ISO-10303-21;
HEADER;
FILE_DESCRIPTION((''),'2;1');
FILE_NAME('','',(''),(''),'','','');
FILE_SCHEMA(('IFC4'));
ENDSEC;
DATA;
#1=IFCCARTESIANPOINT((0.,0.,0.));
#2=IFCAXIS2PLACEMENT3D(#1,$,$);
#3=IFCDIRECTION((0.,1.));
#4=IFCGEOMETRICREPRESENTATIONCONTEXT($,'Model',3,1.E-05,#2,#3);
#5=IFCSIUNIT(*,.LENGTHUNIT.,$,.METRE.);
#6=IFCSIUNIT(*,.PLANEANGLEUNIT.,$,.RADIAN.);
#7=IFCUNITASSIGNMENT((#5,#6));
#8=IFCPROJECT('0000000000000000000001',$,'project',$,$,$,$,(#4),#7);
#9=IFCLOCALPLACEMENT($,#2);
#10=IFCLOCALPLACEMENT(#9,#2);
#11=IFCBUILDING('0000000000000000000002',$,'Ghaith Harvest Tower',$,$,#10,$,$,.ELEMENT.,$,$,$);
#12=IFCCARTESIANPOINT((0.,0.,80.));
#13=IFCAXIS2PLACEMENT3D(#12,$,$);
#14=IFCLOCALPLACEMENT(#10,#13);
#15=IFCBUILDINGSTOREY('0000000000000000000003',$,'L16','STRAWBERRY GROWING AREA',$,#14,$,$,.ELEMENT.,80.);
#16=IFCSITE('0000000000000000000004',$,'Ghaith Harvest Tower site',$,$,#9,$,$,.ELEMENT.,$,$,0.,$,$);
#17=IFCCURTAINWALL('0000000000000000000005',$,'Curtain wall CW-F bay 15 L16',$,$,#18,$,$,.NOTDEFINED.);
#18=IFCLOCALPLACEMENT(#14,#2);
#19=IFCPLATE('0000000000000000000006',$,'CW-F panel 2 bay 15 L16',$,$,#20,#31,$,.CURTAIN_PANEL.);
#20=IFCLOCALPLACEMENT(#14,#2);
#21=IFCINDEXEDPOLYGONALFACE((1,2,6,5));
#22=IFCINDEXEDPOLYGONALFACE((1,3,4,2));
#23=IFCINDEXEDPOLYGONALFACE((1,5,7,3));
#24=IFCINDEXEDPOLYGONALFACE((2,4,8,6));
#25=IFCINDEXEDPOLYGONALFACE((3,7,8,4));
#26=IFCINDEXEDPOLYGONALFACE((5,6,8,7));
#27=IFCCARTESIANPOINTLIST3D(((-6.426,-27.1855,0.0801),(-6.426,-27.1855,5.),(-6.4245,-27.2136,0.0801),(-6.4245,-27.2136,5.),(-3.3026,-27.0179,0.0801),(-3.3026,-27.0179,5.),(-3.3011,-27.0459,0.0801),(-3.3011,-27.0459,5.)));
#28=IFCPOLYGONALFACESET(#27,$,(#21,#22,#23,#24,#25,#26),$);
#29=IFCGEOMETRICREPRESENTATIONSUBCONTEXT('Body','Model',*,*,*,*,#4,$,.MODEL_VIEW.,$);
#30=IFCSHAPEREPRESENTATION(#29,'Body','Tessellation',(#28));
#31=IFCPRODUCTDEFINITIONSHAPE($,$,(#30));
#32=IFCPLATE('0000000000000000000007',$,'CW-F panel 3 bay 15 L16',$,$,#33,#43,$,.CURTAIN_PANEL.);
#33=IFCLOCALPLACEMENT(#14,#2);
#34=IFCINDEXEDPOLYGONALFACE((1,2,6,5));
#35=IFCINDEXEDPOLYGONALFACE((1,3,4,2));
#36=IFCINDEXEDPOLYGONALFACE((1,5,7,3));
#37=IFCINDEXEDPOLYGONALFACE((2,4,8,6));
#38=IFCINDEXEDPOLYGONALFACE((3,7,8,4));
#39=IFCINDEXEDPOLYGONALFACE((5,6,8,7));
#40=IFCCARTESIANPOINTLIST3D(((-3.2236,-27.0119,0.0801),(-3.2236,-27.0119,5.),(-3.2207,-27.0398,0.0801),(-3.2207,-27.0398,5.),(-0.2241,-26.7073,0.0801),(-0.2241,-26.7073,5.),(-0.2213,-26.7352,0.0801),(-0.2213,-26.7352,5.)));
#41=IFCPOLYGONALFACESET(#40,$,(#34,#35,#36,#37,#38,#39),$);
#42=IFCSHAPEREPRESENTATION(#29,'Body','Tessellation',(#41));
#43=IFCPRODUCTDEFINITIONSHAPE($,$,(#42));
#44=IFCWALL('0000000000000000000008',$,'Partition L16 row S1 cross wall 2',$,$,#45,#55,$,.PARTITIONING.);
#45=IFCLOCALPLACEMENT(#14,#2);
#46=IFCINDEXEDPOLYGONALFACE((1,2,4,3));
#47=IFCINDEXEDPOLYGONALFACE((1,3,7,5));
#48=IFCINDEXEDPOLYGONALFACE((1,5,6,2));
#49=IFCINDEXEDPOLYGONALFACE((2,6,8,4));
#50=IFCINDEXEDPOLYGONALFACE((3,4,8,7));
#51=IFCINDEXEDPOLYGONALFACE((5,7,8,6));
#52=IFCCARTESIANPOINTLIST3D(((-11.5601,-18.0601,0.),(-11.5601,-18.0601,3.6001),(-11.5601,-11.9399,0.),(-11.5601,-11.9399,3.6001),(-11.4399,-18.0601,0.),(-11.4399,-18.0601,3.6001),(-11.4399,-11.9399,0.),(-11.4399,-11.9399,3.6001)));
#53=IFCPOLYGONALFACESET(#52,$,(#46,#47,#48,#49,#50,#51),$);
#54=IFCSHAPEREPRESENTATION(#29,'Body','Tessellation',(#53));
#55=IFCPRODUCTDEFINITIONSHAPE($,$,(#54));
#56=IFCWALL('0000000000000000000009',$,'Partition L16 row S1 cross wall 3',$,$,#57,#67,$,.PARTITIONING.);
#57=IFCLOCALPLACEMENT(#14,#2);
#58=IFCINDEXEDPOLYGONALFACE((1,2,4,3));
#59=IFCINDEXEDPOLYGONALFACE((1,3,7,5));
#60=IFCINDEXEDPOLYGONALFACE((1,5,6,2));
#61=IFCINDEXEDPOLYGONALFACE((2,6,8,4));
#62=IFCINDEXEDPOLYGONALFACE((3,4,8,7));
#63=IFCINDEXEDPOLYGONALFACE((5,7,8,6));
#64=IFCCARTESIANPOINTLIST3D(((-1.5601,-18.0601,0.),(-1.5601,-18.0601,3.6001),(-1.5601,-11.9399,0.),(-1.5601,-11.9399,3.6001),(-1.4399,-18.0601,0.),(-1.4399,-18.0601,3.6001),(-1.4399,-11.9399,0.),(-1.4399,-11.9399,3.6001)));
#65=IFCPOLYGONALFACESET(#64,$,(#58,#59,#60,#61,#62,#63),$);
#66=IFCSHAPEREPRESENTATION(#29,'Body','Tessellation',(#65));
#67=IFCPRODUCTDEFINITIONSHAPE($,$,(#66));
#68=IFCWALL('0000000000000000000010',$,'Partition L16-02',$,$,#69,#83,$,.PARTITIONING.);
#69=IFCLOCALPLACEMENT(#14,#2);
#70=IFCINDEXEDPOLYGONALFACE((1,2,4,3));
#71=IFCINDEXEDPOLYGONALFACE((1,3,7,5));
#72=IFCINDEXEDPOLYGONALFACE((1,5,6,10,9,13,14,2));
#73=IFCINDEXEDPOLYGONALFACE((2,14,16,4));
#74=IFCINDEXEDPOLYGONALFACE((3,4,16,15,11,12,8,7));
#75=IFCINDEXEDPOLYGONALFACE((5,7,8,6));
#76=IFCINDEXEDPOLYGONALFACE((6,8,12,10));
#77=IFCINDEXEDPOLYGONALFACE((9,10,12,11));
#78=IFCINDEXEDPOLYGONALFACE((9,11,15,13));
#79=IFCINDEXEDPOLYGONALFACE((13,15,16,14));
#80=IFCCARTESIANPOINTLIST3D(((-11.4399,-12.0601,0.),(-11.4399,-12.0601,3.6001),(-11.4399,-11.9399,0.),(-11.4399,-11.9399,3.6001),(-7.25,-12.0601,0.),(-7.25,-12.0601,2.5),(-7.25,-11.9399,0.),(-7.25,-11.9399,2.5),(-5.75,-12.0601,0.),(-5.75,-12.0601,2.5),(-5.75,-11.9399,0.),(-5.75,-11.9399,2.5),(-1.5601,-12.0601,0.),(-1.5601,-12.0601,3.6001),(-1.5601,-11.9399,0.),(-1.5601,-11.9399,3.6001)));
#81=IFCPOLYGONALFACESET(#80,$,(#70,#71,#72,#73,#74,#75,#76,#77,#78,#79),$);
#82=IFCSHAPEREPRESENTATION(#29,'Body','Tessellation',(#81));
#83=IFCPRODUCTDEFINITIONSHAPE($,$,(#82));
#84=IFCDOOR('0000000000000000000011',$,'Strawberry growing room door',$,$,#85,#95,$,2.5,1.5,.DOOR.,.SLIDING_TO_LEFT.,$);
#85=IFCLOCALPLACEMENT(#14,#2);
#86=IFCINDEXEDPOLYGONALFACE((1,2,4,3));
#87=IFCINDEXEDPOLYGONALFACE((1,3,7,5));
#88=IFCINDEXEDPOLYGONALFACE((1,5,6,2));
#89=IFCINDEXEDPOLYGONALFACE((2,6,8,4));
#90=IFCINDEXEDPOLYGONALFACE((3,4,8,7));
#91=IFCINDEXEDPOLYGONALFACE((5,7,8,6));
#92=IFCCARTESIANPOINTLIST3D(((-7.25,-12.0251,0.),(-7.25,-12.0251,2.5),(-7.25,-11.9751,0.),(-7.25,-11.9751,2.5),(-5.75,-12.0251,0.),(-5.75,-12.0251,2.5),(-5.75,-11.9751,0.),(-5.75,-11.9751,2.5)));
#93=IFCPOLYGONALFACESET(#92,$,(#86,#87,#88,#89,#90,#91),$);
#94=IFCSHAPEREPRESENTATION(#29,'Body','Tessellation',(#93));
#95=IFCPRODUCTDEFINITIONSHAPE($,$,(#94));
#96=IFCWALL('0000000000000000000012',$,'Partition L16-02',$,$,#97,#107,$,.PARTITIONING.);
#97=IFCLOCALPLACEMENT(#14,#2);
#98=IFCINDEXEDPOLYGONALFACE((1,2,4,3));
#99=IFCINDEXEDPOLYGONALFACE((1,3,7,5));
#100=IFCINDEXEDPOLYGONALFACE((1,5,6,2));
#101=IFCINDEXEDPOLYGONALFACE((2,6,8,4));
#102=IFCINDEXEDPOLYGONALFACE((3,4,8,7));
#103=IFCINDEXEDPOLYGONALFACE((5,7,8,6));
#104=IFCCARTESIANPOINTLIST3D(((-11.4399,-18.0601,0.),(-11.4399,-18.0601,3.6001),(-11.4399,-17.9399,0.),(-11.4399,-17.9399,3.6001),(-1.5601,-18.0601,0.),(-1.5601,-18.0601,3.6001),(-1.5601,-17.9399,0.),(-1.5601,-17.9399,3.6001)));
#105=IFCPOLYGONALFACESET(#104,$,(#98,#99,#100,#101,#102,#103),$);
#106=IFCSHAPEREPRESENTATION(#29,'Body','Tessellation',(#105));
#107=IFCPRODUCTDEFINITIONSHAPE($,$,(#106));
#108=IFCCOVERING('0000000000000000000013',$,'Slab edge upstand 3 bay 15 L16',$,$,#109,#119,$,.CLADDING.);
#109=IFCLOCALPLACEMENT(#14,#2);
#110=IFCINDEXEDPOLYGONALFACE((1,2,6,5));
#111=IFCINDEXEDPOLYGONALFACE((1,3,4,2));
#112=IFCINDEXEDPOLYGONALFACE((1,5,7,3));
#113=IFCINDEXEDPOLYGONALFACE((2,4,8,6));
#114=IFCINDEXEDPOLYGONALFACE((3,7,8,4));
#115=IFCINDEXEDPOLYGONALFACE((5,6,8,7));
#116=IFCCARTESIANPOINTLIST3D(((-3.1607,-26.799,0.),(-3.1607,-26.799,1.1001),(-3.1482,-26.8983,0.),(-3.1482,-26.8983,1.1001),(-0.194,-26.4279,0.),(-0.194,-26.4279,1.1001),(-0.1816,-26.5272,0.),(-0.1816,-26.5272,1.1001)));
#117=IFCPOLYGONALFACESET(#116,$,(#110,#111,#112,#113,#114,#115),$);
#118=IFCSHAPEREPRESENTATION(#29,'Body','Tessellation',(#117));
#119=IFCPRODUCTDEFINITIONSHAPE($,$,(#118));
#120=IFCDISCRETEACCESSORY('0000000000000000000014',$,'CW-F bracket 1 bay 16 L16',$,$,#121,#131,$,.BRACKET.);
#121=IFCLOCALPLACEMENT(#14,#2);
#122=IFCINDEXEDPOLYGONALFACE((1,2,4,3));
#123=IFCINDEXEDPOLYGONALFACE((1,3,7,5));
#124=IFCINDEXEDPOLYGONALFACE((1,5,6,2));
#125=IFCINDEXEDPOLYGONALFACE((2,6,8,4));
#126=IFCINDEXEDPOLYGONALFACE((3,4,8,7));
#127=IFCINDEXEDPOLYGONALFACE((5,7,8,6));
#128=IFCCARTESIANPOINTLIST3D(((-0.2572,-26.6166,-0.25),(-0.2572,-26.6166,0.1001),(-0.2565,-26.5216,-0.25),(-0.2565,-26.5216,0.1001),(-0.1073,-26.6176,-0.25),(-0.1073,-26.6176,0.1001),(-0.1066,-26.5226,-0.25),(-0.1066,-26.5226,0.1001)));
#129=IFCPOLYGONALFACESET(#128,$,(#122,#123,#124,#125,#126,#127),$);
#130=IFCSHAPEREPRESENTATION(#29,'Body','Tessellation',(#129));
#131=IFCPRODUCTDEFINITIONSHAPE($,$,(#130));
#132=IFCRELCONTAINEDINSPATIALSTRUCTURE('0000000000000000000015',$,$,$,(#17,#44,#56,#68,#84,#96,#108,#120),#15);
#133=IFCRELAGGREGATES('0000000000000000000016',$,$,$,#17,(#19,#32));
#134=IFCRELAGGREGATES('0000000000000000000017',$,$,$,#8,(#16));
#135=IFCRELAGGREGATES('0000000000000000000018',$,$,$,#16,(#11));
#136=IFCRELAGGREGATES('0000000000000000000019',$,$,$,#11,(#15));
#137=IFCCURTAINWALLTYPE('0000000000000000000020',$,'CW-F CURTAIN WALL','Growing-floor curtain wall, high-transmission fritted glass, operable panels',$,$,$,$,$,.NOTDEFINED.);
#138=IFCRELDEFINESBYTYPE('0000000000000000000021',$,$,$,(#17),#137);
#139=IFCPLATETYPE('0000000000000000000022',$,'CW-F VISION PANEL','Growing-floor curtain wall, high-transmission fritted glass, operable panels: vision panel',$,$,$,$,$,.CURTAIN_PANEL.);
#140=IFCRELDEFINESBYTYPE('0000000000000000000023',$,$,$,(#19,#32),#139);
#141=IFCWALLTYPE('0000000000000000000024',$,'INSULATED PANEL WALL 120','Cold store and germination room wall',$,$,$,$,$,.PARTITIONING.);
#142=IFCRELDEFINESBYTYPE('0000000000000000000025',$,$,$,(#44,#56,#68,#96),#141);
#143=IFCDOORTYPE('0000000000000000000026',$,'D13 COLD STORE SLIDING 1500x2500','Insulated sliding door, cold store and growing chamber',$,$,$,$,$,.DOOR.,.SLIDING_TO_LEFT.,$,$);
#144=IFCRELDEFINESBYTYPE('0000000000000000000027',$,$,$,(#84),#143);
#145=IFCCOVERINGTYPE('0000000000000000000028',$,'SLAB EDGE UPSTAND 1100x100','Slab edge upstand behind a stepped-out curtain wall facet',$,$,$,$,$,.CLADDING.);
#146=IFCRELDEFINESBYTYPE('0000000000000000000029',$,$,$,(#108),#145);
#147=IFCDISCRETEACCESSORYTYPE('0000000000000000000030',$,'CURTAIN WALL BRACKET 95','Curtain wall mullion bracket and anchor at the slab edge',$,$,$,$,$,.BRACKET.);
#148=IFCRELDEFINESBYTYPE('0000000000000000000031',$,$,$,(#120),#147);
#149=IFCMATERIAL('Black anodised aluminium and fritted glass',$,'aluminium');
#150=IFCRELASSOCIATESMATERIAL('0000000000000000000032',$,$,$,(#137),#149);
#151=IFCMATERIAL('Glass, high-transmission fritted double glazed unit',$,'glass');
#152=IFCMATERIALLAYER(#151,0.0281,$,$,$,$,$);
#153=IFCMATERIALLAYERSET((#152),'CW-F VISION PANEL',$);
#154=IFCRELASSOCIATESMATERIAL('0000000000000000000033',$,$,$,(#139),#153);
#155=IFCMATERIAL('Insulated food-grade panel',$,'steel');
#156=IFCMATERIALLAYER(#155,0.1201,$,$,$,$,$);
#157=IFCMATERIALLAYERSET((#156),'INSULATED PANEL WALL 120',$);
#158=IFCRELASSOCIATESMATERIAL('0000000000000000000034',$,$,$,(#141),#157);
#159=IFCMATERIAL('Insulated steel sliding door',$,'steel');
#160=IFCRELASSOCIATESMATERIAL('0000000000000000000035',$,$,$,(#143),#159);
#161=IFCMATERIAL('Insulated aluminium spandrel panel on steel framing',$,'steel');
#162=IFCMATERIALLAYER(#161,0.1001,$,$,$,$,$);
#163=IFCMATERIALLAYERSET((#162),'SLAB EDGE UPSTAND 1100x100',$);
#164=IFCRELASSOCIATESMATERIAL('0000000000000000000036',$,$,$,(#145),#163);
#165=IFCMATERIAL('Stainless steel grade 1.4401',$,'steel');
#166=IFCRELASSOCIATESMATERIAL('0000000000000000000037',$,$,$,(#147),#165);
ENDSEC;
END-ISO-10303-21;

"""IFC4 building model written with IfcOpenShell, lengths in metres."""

from ifc_helpers import new_model, si_unit, direction, frame, frame_2d, origin, origin_2d, place, context, subcontext, project, spatial, rectangle, extrude, material, layer, layer_set, type_object, element, fill, aggregate, save


model = new_model("IFC4")

# Units and contexts
model_context = context("Model", 3, precision=1e-05, world=origin(), true_north=direction((0.0, 1.0)))
body_context = subcontext(model_context, "Body", "Model", "MODEL_VIEW")
ifc_project = project(units=[si_unit("LENGTHUNIT", "METRE"), si_unit("PLANEANGLEUNIT", "RADIAN")], contexts=[model_context])

# Site, building, storey
site_placement = place(None, origin())
site = spatial("IfcSite", under=ifc_project, at=site_placement, Name="Ghaith Harvest Tower site", CompositionType="ELEMENT", RefElevation=0.0)
building_placement = place(site_placement, origin())
building = spatial("IfcBuilding", under=site, at=building_placement, Name="Ghaith Harvest Tower", CompositionType="ELEMENT")
storey_placement = place(building_placement, frame((0.0, 0.0, 80.0)))
storey = spatial("IfcBuildingStorey", under=building, at=storey_placement, Name="L16", Description="STRAWBERRY GROWING AREA", CompositionType="ELEMENT", Elevation=80.0)

# Shared definitions
ifc_material_1 = material(Name="Black anodised aluminium and fritted glass", Category="aluminium")
curtain_wall_type = type_object("IfcCurtainWallType", Name="CW-F CURTAIN WALL", Description="Growing-floor curtain wall, high-transmission fritted glass, operable panels", PredefinedType="NOTDEFINED", material=ifc_material_1)

# Curtain wall
curtain_wall_1_placement = place(storey_placement, origin())
curtain_wall_1 = element("IfcCurtainWall", 1, at=curtain_wall_1_placement, inside=storey, type_object=curtain_wall_type, Name="Curtain wall CW-F bay 15 L16", PredefinedType="NOTDEFINED")

# Plates
ifc_material_2 = material(Name="Glass, high-transmission fritted double glazed unit", Category="glass")
ifc_layer_1 = layer(ifc_material_2, 0.0281)
ifc_layer_set_1 = layer_set([ifc_layer_1], Name="CW-F VISION PANEL")
plate_type = type_object("IfcPlateType", Name="CW-F VISION PANEL", Description="Growing-floor curtain wall, high-transmission fritted glass, operable panels: vision panel", PredefinedType="CURTAIN_PANEL", material=ifc_layer_set_1)
plate_1_placement = place(storey_placement, frame((-4.8635, -27.1157, 0.0801), z_axis=(0.0, 0.0, 1.0), x_axis=(0.998563, 0.0536, 0.0)))
plate_1 = element("IfcPlate", 2, at=plate_1_placement, type_object=plate_type, Name="CW-F panel 2 bay 15 L16", PredefinedType="CURTAIN_PANEL", context=body_context, shape_type="SweptSolid", body=[
    extrude(rectangle(XDim=3.1279, YDim=0.0281, at=origin_2d()), origin(), (0.0, 0.0, 1.0), 4.9199),
])
plate_2_placement = place(storey_placement, frame((-1.7224, -26.8735, 0.0801), z_axis=(0.0, 0.0, 1.0), x_axis=(0.994882, 0.101041, 0.0)))
plate_2 = element("IfcPlate", 3, at=plate_2_placement, type_object=plate_type, Name="CW-F panel 3 bay 15 L16", PredefinedType="CURTAIN_PANEL", context=body_context, shape_type="SweptSolid", body=[
    extrude(rectangle(XDim=3.0149, YDim=0.0281, at=origin_2d()), origin(), (0.0, 0.0, 1.0), 4.9199),
])
aggregate(curtain_wall_1, [plate_1, plate_2])

# Walls
ifc_material_3 = material(Name="Insulated food-grade panel", Category="steel")
ifc_layer_2 = layer(ifc_material_3, 0.1201)
ifc_layer_set_2 = layer_set([ifc_layer_2], Name="INSULATED PANEL WALL 120")
wall_type = type_object("IfcWallType", Name="INSULATED PANEL WALL 120", Description="Cold store and germination room wall", PredefinedType="PARTITIONING", material=ifc_layer_set_2)
for number, where, z_axis, x_axis, name in (
    (4, (-11.5, -11.9399, 0.0), (0.0, 0.0, 1.0), (0.0, -1.0, 0.0), "Partition L16 row S1 cross wall 2"),
    (5, (-1.5, -11.9399, 0.0), (0.0, 0.0, 1.0), (0.0, -1.0, 0.0), "Partition L16 row S1 cross wall 3"),
):
    element("IfcWall", number, at=place(storey_placement, frame(where, z_axis=z_axis, x_axis=x_axis)), inside=storey, type_object=wall_type, Name=name, PredefinedType="PARTITIONING", context=body_context, shape_type="SweptSolid", body=[
        extrude(rectangle(XDim=6.1201, YDim=0.1201, at=frame_2d((3.0601, 0.0))), origin(), (0.0, 0.0, 1.0), 3.6001),
    ])

# Wall, opening, door
wall_1_placement = place(storey_placement, frame((-11.4399, -12.0, 0.0), z_axis=(0.0, 0.0, 1.0), x_axis=(1.0, 0.0, 0.0)))
wall_1 = element("IfcWall", 6, at=wall_1_placement, inside=storey, type_object=wall_type, Name="Partition L16-02", PredefinedType="PARTITIONING", context=body_context, shape_type="SweptSolid", body=[
    extrude(rectangle(XDim=9.8799, YDim=0.1201, at=frame_2d((4.9399, 0.0))), origin(), (0.0, 0.0, 1.0), 3.6001),
])
opening_placement = place(wall_1_placement, frame((4.1899, 0.0, 0.0)))
opening = element("IfcOpeningElement", 7, at=opening_placement, cuts=wall_1, PredefinedType="OPENING", context=body_context, shape_type="SweptSolid", body=[
    extrude(rectangle(XDim=1.5, YDim=2.5, at=frame_2d((0.75, 1.25))), frame((0.0, 0.0701, 0.0), z_axis=(0.0, -1.0, 0.0), x_axis=(1.0, 0.0, 0.0)), (0.0, 0.0, 1.0), 0.1401),
])
ifc_material_4 = material(Name="Insulated steel sliding door", Category="steel")
door_type = type_object("IfcDoorType", Name="D13 COLD STORE SLIDING 1500x2500", Description="Insulated sliding door, cold store and growing chamber", OperationType="SLIDING_TO_LEFT", PredefinedType="DOOR", material=ifc_material_4)
door_placement = place(opening_placement, origin())
door = element("IfcDoor", 8, at=door_placement, inside=storey, type_object=door_type, Name="Strawberry growing room door", OperationType="SLIDING_TO_LEFT", OverallHeight=2.5, OverallWidth=1.5, PredefinedType="DOOR", context=body_context, shape_type="SweptSolid", body=[
    extrude(rectangle(XDim=1.5, YDim=2.5, at=frame_2d((0.75, 1.25))), frame((0.0, 0.0249, 0.0), z_axis=(0.0, -1.0, 0.0), x_axis=(1.0, 0.0, 0.0)), (0.0, 0.0, 1.0), 0.05),
])
fill(opening, door)

# Wall
wall_2_placement = place(storey_placement, frame((-11.4399, -18.0, 0.0), z_axis=(0.0, 0.0, 1.0), x_axis=(1.0, 0.0, 0.0)))
element("IfcWall", 9, at=wall_2_placement, inside=storey, type_object=wall_type, Name="Partition L16-02", PredefinedType="PARTITIONING", context=body_context, shape_type="SweptSolid", body=[
    extrude(rectangle(XDim=9.8799, YDim=0.1201, at=frame_2d((4.9399, 0.0))), origin(), (0.0, 0.0, 1.0), 3.6001),
])

# Covering
ifc_material_5 = material(Name="Insulated aluminium spandrel panel on steel framing", Category="steel")
ifc_layer_3 = layer(ifc_material_5, 0.1001)
ifc_layer_set_3 = layer_set([ifc_layer_3], Name="SLAB EDGE UPSTAND 1100x100")
covering_type = type_object("IfcCoveringType", Name="SLAB EDGE UPSTAND 1100x100", Description="Slab edge upstand behind a stepped-out curtain wall facet", PredefinedType="CLADDING", material=ifc_layer_set_3)
covering_placement = place(storey_placement, frame((-1.6711, -26.6631, 0.0), z_axis=(0.0, 0.0, 1.0), x_axis=(0.992265, 0.124139, 0.0)))
element("IfcCovering", 10, at=covering_placement, inside=storey, type_object=covering_type, Name="Slab edge upstand 3 bay 15 L16", PredefinedType="CLADDING", context=body_context, shape_type="SweptSolid", body=[
    extrude(rectangle(XDim=2.9897, YDim=0.1001, at=origin_2d()), origin(), (0.0, 0.0, 1.0), 1.1001),
])

# Discrete accessory
ifc_material_6 = material(Name="Stainless steel grade 1.4401", Category="steel")
discrete_accessory_type = type_object("IfcDiscreteAccessoryType", Name="CURTAIN WALL BRACKET 95", Description="Curtain wall mullion bracket and anchor at the slab edge", PredefinedType="BRACKET", material=ifc_material_6)
discrete_accessory_placement = place(storey_placement, frame((-0.1819, -26.5696, -0.25), z_axis=(0.0, 0.0, 1.0), x_axis=(-0.006844, -0.999977, 0.0)))
element("IfcDiscreteAccessory", 11, at=discrete_accessory_placement, inside=storey, type_object=discrete_accessory_type, Name="CW-F bracket 1 bay 16 L16", PredefinedType="BRACKET", context=body_context, shape_type="SweptSolid", body=[
    extrude(rectangle(XDim=0.095, YDim=0.1499, at=origin_2d()), origin(), (0.0, 0.0, 1.0), 0.3501),
])

save(model, "model.ifc")
